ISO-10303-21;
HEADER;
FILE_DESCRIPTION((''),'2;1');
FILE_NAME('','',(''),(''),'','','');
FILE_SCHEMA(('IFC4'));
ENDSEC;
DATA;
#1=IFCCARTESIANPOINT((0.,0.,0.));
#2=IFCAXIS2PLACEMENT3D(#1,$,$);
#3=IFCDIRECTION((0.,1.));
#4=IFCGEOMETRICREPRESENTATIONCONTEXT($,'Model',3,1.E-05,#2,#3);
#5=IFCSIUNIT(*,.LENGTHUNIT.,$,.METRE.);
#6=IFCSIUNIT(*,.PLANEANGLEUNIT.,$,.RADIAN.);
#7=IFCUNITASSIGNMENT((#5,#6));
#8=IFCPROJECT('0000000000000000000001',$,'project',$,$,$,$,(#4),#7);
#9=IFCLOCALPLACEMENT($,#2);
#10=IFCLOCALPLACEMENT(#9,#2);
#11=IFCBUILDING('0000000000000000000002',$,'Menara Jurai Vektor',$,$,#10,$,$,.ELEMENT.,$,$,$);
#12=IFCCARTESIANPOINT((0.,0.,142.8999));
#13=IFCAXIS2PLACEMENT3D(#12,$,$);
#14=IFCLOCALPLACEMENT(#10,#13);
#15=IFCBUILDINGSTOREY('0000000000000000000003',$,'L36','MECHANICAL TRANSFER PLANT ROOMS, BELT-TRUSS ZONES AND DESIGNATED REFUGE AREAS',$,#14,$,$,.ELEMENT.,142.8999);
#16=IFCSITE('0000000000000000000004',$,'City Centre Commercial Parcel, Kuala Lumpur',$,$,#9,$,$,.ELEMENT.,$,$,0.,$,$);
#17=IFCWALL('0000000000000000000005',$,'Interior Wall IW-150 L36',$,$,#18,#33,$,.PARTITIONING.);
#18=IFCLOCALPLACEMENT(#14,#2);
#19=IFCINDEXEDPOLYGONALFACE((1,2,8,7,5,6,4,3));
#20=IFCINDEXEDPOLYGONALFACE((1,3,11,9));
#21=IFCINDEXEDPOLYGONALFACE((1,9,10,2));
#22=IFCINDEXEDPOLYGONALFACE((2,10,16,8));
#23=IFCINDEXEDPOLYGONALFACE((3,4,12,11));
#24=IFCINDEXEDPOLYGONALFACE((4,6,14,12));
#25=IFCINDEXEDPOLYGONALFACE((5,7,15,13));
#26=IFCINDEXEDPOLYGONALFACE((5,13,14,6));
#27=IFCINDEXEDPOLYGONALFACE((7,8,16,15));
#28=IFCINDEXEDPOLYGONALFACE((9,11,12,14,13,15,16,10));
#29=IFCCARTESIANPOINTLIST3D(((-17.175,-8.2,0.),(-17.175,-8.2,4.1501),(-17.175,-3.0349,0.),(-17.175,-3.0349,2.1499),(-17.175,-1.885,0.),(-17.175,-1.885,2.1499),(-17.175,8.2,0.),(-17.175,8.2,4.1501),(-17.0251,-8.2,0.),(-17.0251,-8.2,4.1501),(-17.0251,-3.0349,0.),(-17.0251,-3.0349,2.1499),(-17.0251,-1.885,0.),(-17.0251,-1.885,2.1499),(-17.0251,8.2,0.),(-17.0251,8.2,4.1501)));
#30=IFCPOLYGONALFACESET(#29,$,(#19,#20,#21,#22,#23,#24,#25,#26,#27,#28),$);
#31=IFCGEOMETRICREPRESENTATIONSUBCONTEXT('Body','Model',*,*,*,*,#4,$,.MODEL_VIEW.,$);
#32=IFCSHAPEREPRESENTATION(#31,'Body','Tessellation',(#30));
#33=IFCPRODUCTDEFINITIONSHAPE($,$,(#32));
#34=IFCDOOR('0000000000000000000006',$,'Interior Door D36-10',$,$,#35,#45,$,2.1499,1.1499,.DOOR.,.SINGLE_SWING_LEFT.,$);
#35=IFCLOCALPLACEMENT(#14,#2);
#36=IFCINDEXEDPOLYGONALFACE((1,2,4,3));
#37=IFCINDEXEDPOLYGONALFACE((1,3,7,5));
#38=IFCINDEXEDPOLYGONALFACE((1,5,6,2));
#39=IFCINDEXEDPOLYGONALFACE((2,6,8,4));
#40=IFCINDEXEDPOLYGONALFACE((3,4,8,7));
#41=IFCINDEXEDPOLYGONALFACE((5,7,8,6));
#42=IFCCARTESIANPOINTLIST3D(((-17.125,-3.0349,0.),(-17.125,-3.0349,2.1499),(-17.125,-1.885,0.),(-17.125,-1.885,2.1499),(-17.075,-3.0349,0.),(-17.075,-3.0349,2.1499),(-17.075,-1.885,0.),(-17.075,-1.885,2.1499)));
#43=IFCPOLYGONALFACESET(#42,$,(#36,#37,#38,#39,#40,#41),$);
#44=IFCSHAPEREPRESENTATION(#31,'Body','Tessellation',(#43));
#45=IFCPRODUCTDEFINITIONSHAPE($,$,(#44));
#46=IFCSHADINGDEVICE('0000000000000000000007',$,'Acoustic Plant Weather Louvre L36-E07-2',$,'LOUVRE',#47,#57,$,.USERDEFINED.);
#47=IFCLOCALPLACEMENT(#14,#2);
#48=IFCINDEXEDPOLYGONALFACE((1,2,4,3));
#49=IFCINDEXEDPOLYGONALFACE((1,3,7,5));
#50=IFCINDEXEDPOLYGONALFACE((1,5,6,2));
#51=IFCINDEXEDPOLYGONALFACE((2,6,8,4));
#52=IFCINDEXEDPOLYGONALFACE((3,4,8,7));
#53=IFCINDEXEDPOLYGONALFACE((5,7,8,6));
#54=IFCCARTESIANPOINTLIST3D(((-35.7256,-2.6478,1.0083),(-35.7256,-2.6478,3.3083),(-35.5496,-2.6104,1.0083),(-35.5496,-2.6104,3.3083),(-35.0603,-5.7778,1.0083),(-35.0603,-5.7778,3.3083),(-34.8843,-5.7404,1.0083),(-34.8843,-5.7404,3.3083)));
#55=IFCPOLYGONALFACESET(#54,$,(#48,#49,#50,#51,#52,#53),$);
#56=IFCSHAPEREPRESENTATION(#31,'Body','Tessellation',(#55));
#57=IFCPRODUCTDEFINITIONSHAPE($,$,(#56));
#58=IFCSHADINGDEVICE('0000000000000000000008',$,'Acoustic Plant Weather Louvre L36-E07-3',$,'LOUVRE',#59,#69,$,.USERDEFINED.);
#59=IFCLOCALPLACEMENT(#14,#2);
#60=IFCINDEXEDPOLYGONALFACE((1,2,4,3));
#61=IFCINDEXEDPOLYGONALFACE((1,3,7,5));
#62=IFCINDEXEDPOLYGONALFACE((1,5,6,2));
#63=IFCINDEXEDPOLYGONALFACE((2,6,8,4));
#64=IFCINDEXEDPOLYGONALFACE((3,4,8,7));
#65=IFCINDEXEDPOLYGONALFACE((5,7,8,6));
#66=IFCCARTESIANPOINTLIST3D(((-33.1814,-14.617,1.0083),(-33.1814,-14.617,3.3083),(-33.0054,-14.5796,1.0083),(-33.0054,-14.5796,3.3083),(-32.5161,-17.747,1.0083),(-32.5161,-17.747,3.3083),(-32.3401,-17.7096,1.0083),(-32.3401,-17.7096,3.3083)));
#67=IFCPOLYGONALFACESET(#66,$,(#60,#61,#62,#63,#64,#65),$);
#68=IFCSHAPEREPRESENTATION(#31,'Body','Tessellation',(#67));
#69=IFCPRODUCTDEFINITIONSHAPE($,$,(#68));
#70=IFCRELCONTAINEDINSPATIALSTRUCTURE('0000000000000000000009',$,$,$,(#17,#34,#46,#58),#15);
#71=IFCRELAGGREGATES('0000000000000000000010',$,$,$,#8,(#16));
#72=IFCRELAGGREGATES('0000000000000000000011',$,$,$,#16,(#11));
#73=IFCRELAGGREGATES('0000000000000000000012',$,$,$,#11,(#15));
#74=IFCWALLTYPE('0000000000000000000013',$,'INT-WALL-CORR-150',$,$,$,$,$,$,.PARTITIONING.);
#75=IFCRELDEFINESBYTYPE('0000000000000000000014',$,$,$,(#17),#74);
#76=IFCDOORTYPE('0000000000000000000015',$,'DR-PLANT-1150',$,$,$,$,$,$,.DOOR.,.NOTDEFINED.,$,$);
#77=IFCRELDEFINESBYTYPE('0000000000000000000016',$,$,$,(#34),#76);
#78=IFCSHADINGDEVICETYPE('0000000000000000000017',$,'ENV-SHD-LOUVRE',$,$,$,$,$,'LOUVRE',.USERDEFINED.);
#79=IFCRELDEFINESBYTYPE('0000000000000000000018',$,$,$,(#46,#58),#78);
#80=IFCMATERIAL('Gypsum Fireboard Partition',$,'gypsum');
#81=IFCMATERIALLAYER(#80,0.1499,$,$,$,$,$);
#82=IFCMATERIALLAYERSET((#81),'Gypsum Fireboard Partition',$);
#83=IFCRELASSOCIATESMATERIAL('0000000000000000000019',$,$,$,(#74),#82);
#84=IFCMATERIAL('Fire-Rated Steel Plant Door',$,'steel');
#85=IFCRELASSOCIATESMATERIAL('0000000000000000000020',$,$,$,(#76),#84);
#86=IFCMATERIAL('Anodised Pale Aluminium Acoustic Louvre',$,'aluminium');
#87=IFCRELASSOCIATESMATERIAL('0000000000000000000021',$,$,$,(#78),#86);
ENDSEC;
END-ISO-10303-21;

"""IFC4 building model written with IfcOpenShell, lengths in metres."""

from ifc_helpers import new_model, si_unit, direction, frame, frame_2d, origin, origin_2d, place, context, subcontext, project, spatial, rectangle, extrude, material, layer, layer_set, type_object, element, fill, save


model = new_model("IFC4")

# Units and contexts
model_context = context("Model", 3, precision=1e-05, world=origin(), true_north=direction((0.0, 1.0)))
body_context = subcontext(model_context, "Body", "Model", "MODEL_VIEW")
ifc_project = project(units=[si_unit("LENGTHUNIT", "METRE"), si_unit("PLANEANGLEUNIT", "RADIAN")], contexts=[model_context])

# Site, building, storey
site_placement = place(None, origin())
site = spatial("IfcSite", under=ifc_project, at=site_placement, Name="City Centre Commercial Parcel, Kuala Lumpur", CompositionType="ELEMENT", RefElevation=0.0)
building_placement = place(site_placement, origin())
building = spatial("IfcBuilding", under=site, at=building_placement, Name="Menara Jurai Vektor", CompositionType="ELEMENT")
storey_placement = place(building_placement, frame((0.0, 0.0, 142.8999)))
storey = spatial("IfcBuildingStorey", under=building, at=storey_placement, Name="L36", Description="MECHANICAL TRANSFER PLANT ROOMS, BELT-TRUSS ZONES AND DESIGNATED REFUGE AREAS", CompositionType="ELEMENT", Elevation=142.8999)

# Wall, opening, door
ifc_material_1 = material(Name="Gypsum Fireboard Partition", Category="gypsum")
ifc_layer = layer(ifc_material_1, 0.1499)
ifc_layer_set = layer_set([ifc_layer], Name="Gypsum Fireboard Partition")
wall_type = type_object("IfcWallType", Name="INT-WALL-CORR-150", PredefinedType="PARTITIONING", material=ifc_layer_set)
ifc_material_2 = material(Name="Fire-Rated Steel Plant Door", Category="steel")
door_type = type_object("IfcDoorType", Name="DR-PLANT-1150", OperationType="NOTDEFINED", PredefinedType="DOOR", material=ifc_material_2)
wall_1_placement = place(storey_placement, frame((-17.1001, -8.2, 0.0), z_axis=(0.0, 0.0, 1.0), x_axis=(0.0, 1.0, 0.0)))
wall_1 = element("IfcWall", 1, at=wall_1_placement, inside=storey, type_object=wall_type, Name="Interior Wall IW-150 L36", PredefinedType="PARTITIONING", context=body_context, shape_type="SweptSolid", body=[
    extrude(rectangle(XDim=16.3999, YDim=0.1499, at=frame_2d((8.2, 0.0))), origin(), (0.0, 0.0, 1.0), 4.1501),
])
opening_1_placement = place(wall_1_placement, frame((5.165, 0.0, 0.0)))
opening_1 = element("IfcOpeningElement", 2, at=opening_1_placement, cuts=wall_1, PredefinedType="OPENING", context=body_context, shape_type="SweptSolid", body=[
    extrude(rectangle(XDim=1.1499, YDim=2.1499, at=frame_2d((0.575, 1.075))), frame((0.0, 0.085, 0.0), z_axis=(0.0, -1.0, 0.0), x_axis=(1.0, 0.0, 0.0)), (0.0, 0.0, 1.0), 0.1699),
])
door_1_placement = place(opening_1_placement, origin())
door_1 = element("IfcDoor", 3, at=door_1_placement, inside=storey, type_object=door_type, Name="Interior Door D36-10", OperationType="SINGLE_SWING_LEFT", OverallHeight=2.1499, OverallWidth=1.1499, PredefinedType="DOOR", context=body_context, shape_type="SweptSolid", body=[
    extrude(rectangle(XDim=1.1499, YDim=2.1499, at=frame_2d((0.575, 1.075))), frame((0.0, 0.0249, 0.0), z_axis=(0.0, -1.0, 0.0), x_axis=(1.0, 0.0, 0.0)), (0.0, 0.0, 1.0), 0.05),
])
fill(opening_1, door_1)

# Shading devices
ifc_material_3 = material(Name="Anodised Pale Aluminium Acoustic Louvre", Category="aluminium")
shading_device_type = type_object("IfcShadingDeviceType", Name="ENV-SHD-LOUVRE", ElementType="LOUVRE", PredefinedType="USERDEFINED", material=ifc_material_3)
for number, where, z_axis, x_axis, name in (
    (4, (-35.3049, -4.1941, 1.0083), (0.0, 0.0, 1.0), (0.207912, -0.978148, 0.0), "Acoustic Plant Weather Louvre L36-E07-2"),
    (5, (-32.7607, -16.1633, 1.0083), (0.0, 0.0, 1.0), (0.207912, -0.978148, 0.0), "Acoustic Plant Weather Louvre L36-E07-3"),
):
    element("IfcShadingDevice", number, at=place(storey_placement, frame(where, z_axis=z_axis, x_axis=x_axis)), inside=storey, type_object=shading_device_type, Name=name, ObjectType="LOUVRE", PredefinedType="USERDEFINED", context=body_context, shape_type="SweptSolid", body=[
        extrude(rectangle(XDim=3.2, YDim=0.1799, at=origin_2d()), origin(), (0.0, 0.0, 1.0), 2.3),
    ])

save(model, "model.ifc")
